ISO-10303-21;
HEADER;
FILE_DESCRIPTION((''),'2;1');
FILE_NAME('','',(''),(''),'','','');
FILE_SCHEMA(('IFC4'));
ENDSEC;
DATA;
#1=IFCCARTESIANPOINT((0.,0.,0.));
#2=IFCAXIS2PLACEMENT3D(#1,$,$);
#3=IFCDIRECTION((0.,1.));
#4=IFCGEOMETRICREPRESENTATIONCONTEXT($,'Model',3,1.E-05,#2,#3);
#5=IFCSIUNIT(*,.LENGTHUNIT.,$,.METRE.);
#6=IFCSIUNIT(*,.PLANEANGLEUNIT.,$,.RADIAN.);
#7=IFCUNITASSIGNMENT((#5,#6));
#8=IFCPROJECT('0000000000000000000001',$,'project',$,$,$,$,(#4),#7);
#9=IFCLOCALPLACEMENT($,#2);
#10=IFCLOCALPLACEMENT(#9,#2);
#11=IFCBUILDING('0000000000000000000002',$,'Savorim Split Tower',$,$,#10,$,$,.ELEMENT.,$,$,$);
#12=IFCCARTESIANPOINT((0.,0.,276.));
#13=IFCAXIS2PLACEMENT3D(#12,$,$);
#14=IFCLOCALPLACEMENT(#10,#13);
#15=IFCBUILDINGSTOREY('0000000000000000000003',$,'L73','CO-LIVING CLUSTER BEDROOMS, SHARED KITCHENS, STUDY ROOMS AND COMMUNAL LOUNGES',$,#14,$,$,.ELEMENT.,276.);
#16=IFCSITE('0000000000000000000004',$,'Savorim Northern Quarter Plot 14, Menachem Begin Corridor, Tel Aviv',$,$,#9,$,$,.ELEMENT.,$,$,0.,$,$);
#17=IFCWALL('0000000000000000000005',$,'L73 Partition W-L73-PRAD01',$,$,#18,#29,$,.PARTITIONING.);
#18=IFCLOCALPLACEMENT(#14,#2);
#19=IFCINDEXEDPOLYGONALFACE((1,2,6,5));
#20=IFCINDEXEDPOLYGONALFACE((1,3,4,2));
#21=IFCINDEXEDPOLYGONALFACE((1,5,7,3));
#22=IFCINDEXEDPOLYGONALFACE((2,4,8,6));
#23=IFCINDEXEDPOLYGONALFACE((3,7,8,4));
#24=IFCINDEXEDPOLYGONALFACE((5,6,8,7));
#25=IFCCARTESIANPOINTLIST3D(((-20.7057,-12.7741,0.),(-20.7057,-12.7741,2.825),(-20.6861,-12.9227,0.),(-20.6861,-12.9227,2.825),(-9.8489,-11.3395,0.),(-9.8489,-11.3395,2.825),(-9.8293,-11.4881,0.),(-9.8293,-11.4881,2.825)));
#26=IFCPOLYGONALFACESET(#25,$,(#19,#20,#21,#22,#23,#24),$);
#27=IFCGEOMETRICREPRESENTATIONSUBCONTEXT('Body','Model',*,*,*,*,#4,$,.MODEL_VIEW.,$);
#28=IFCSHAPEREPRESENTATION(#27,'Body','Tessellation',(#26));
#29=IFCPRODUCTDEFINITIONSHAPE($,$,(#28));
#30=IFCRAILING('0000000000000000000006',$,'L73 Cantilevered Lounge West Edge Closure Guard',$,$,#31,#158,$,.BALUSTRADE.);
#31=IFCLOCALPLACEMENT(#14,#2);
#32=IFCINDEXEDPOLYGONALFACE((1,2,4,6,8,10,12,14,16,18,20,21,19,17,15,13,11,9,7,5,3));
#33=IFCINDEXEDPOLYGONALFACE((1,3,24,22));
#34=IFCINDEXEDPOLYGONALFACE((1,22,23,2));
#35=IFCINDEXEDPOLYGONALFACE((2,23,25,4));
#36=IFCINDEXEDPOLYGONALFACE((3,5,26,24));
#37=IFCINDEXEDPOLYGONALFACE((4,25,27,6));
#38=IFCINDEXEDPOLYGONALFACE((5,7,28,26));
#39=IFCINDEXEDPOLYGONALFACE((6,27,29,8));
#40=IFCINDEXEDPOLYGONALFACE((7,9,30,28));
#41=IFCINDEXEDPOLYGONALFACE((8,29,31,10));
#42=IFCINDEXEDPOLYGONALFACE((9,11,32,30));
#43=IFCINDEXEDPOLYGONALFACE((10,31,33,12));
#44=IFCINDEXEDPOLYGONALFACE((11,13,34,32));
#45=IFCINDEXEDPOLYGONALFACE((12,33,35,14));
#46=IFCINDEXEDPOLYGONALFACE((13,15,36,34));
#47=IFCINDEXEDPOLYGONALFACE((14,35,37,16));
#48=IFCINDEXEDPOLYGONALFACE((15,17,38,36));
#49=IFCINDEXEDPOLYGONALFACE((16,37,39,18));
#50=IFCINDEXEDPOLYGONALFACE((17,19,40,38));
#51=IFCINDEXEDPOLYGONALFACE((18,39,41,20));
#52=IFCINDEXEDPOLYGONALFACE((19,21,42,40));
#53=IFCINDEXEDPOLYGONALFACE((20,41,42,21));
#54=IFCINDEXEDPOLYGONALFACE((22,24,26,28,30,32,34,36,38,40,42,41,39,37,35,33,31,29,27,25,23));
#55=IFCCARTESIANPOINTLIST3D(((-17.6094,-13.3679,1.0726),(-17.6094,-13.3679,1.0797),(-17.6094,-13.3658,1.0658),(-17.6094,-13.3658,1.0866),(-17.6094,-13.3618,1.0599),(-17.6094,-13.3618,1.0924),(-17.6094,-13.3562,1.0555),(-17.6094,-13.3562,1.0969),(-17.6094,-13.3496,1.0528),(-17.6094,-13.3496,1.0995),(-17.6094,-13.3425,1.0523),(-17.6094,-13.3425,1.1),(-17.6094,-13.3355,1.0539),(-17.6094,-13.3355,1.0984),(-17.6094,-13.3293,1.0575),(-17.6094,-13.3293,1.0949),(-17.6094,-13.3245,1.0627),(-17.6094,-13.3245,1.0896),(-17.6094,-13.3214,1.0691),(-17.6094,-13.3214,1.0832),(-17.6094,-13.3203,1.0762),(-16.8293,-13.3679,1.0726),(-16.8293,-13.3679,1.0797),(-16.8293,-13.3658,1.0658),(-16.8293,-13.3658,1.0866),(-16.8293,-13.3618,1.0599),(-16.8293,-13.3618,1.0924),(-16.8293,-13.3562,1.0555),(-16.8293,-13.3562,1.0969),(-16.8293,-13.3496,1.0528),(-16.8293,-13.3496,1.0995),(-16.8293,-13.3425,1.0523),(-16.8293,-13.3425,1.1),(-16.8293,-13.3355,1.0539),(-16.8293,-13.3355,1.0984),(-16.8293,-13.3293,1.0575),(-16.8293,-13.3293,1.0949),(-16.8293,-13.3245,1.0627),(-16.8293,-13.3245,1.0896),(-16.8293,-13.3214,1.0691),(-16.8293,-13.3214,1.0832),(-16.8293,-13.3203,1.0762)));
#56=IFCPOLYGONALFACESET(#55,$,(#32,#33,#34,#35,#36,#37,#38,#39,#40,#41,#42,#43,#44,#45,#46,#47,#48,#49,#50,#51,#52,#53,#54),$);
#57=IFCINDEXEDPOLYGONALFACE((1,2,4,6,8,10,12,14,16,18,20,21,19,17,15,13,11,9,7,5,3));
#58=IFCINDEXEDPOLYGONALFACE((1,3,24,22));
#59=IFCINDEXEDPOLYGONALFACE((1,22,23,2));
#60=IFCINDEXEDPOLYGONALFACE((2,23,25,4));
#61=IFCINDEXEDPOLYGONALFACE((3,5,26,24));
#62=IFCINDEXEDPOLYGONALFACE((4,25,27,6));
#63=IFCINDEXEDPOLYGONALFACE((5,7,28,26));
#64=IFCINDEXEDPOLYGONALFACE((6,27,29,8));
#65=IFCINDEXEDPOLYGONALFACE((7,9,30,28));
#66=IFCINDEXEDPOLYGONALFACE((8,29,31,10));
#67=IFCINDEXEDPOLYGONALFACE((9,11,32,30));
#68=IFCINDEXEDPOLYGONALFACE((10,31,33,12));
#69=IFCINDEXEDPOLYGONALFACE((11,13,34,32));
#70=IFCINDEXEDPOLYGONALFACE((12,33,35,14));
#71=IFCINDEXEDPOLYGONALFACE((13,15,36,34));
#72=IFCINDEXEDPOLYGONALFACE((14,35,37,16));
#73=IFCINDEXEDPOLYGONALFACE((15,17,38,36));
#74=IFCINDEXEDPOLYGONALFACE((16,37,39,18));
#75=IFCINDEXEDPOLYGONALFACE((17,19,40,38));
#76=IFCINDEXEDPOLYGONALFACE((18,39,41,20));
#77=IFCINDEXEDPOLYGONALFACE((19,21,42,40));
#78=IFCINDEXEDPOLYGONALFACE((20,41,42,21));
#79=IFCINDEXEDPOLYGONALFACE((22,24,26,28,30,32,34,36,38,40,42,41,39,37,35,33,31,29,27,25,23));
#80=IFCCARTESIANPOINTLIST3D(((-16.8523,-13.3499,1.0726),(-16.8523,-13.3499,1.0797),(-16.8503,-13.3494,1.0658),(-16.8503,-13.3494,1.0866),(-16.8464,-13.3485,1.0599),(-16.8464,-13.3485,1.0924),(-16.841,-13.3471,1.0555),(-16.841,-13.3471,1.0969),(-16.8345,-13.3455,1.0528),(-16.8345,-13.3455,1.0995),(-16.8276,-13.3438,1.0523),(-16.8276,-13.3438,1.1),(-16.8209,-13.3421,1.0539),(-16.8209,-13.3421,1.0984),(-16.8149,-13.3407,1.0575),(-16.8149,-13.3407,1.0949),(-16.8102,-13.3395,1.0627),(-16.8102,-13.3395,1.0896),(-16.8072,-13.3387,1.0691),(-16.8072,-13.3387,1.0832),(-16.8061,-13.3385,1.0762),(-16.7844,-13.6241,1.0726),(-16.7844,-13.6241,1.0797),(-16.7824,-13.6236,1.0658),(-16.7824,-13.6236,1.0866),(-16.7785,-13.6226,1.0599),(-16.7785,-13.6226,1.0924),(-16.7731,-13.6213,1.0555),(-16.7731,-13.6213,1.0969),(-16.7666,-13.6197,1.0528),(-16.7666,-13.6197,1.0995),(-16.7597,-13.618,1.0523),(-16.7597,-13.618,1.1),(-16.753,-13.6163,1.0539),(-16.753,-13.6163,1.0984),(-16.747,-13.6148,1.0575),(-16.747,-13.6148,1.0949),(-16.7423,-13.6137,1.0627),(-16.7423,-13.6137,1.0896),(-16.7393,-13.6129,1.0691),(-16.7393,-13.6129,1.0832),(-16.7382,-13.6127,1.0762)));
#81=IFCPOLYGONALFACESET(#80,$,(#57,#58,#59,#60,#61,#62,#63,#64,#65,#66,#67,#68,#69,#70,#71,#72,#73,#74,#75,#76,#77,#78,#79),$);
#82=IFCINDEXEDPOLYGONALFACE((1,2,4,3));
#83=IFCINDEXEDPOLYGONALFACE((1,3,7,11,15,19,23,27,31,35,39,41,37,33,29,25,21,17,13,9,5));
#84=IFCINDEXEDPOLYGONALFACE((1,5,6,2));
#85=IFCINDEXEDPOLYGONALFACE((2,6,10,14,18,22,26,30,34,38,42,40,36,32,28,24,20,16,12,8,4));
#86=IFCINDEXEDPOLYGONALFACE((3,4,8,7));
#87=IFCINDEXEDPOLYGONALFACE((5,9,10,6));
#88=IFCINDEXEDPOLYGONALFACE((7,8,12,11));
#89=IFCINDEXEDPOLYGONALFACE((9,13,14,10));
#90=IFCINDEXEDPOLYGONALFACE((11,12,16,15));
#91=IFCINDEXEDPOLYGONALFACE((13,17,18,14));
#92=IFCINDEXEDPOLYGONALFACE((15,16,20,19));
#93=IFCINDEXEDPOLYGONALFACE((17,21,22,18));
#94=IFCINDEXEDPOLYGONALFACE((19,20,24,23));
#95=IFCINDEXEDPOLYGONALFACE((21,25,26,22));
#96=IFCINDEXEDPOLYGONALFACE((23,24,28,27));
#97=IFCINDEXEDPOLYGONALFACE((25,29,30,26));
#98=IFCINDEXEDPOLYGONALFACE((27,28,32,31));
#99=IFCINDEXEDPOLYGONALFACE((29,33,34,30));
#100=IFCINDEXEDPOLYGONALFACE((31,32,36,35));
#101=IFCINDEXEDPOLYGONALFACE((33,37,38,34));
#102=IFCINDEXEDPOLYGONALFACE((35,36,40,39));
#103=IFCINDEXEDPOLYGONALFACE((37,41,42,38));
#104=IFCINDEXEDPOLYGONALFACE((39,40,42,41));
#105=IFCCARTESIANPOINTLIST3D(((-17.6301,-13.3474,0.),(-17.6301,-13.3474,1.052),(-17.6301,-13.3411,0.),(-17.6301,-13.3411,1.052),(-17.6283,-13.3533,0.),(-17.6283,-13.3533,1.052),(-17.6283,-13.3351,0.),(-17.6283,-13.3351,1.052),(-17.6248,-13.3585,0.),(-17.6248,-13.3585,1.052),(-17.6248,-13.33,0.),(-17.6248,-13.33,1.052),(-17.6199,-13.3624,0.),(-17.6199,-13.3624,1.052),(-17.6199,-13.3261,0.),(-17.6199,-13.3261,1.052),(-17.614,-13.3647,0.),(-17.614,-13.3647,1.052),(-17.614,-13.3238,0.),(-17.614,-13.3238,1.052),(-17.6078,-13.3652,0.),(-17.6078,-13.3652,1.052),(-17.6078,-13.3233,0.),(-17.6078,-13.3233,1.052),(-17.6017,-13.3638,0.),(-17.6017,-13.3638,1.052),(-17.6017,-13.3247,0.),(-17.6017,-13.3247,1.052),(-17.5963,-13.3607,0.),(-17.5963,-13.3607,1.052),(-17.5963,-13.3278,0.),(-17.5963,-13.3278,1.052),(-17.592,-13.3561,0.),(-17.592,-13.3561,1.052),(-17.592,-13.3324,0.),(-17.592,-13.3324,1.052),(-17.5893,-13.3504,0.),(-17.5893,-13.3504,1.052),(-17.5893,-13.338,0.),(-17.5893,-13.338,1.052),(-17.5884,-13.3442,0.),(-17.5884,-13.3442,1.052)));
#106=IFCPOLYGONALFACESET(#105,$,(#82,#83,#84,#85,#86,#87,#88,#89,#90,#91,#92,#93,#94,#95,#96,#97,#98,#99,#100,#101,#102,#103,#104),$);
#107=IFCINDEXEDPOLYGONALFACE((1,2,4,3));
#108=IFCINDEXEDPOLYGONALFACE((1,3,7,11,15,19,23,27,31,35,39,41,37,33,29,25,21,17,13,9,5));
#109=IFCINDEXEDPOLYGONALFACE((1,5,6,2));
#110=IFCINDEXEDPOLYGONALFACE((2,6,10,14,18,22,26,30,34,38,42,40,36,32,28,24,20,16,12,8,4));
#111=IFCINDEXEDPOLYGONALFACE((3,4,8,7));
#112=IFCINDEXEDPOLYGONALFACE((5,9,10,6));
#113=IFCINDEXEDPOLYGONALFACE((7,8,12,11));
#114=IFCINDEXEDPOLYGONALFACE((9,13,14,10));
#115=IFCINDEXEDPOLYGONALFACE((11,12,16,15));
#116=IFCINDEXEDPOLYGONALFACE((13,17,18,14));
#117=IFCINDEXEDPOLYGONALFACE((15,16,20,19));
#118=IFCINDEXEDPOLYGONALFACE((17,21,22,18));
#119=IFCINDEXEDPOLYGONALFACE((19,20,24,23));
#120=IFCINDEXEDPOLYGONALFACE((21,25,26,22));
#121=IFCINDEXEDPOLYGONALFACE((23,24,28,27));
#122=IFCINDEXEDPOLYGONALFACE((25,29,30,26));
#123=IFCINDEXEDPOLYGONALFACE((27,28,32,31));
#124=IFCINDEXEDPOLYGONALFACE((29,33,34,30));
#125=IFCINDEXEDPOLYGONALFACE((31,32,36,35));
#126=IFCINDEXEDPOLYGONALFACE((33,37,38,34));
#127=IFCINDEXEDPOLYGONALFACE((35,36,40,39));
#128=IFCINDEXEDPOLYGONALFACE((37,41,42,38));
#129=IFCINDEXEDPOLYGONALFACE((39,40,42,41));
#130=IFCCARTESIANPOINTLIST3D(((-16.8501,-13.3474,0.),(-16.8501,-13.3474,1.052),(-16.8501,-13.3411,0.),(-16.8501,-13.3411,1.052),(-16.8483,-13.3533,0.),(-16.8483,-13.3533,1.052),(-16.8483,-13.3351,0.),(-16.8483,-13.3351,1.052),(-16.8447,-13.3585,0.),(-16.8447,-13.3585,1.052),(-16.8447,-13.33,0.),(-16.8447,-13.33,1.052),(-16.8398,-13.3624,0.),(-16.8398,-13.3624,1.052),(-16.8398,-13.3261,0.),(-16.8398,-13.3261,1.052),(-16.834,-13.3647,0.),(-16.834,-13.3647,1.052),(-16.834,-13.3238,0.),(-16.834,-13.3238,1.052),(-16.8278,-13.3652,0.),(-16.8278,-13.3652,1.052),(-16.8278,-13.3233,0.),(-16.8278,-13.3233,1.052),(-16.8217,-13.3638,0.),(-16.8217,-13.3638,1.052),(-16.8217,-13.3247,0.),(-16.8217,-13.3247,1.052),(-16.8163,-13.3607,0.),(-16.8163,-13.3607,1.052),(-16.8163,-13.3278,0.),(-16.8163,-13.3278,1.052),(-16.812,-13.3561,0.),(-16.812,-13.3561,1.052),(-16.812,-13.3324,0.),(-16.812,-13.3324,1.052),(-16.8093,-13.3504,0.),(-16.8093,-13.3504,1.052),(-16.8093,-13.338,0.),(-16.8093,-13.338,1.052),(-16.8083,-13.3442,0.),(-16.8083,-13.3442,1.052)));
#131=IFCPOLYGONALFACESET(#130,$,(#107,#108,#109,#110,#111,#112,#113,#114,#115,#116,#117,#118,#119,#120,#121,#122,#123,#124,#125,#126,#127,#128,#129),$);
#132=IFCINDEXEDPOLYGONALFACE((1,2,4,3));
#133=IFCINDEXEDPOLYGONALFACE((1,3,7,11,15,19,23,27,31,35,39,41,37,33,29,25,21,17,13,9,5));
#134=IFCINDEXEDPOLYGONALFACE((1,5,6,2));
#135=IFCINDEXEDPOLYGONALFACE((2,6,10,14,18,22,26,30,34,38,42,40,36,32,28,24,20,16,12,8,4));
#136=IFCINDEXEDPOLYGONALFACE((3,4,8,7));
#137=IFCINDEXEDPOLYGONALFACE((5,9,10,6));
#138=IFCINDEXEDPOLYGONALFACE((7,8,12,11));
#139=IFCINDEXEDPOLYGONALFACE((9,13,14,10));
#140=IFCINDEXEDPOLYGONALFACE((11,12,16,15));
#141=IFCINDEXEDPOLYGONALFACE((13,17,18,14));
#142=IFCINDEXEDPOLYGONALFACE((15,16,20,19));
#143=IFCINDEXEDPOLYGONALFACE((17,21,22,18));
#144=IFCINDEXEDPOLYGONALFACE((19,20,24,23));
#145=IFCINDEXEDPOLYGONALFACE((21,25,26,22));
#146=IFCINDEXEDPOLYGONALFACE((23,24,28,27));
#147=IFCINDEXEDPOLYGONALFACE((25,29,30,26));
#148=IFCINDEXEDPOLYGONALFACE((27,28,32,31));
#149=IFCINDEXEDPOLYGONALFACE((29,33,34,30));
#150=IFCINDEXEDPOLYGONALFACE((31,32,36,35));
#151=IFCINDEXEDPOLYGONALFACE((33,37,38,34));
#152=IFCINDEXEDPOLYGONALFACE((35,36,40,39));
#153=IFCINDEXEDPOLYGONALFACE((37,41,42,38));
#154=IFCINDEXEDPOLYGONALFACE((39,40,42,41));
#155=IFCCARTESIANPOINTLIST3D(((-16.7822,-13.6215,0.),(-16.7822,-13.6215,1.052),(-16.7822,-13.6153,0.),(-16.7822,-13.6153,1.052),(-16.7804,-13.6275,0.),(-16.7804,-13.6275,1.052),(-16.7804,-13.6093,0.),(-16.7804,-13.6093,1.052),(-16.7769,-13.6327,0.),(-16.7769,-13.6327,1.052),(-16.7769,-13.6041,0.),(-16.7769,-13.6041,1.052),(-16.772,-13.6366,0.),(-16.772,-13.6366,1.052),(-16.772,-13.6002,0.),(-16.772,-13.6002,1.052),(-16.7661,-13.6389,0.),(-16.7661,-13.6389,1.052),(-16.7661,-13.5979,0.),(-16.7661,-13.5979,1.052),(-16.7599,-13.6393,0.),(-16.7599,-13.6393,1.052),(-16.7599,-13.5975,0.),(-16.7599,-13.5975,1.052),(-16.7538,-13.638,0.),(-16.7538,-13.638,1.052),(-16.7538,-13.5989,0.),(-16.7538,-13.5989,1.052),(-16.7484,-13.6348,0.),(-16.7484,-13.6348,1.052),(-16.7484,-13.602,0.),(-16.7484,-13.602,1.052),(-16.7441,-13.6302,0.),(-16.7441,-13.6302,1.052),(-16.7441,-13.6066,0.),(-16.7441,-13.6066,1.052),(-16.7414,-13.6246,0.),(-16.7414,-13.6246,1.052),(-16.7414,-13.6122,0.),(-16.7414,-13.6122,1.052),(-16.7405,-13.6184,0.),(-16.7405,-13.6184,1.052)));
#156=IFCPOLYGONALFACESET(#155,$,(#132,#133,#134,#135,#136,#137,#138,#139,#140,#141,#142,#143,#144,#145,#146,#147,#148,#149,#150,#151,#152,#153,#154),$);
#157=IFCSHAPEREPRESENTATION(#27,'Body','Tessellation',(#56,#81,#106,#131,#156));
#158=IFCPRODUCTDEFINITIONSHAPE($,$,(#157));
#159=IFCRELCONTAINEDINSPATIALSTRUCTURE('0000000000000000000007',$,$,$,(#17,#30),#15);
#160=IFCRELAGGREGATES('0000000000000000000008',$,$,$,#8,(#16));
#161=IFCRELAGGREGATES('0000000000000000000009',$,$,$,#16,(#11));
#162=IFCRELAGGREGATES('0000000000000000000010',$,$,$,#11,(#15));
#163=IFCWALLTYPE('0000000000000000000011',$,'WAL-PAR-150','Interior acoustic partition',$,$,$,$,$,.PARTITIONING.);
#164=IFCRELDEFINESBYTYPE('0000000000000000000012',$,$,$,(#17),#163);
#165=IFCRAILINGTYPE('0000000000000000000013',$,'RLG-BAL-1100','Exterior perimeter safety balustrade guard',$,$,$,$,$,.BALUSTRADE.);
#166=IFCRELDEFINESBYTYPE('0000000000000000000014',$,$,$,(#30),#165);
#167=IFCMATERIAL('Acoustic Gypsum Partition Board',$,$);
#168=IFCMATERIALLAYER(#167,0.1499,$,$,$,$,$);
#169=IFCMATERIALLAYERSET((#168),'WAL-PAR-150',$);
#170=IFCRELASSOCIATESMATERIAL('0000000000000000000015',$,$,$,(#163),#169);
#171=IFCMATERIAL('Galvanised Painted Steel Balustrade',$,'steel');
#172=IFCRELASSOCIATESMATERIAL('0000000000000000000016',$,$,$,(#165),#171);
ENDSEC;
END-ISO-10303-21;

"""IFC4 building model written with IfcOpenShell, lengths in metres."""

from ifc_helpers import new_model, si_unit, direction, frame, frame_2d, origin, origin_2d, place, context, subcontext, project, spatial, rectangle, circle, extrude, material, layer, layer_set, type_object, element, save


model = new_model("IFC4")

# Units and contexts
model_context = context("Model", 3, precision=1e-05, world=origin(), true_north=direction((0.0, 1.0)))
body_context = subcontext(model_context, "Body", "Model", "MODEL_VIEW")
ifc_project = project(units=[si_unit("LENGTHUNIT", "METRE"), si_unit("PLANEANGLEUNIT", "RADIAN")], contexts=[model_context])

# Site, building, storey
site_placement = place(None, origin())
site = spatial("IfcSite", under=ifc_project, at=site_placement, Name="Savorim Northern Quarter Plot 14, Menachem Begin Corridor, Tel Aviv", CompositionType="ELEMENT", RefElevation=0.0)
building_placement = place(site_placement, origin())
building = spatial("IfcBuilding", under=site, at=building_placement, Name="Savorim Split Tower", CompositionType="ELEMENT")
storey_placement = place(building_placement, frame((0.0, 0.0, 276.0)))
storey = spatial("IfcBuildingStorey", under=building, at=storey_placement, Name="L73", Description="CO-LIVING CLUSTER BEDROOMS, SHARED KITCHENS, STUDY ROOMS AND COMMUNAL LOUNGES", CompositionType="ELEMENT", Elevation=276.0)

# Wall
ifc_material_1 = material(Name="Acoustic Gypsum Partition Board")
ifc_layer_1 = layer(ifc_material_1, 0.1499)
ifc_layer_set_1 = layer_set([ifc_layer_1], Name="WAL-PAR-150")
wall_type_1 = type_object("IfcWallType", Name="WAL-PAR-150", Description="Interior acoustic partition", PredefinedType="PARTITIONING", material=ifc_layer_set_1)
wall_1_placement = place(storey_placement, frame((-9.8391, -11.4138, 0.0), z_axis=(0.0, 0.0, 1.0), x_axis=(-0.991383, -0.130998, 0.0)))
element("IfcWall", 1, at=wall_1_placement, inside=storey, type_object=wall_type_1, Name="L73 Partition W-L73-PRAD01", PredefinedType="PARTITIONING", context=body_context, shape_type="SweptSolid", body=[
    extrude(rectangle(XDim=10.9512, YDim=0.1499, at=frame_2d((5.4756, 0.0))), origin(), (0.0, 0.0, 1.0), 2.825),
])

# Railing
ifc_material_2 = material(Name="Galvanised Painted Steel Balustrade", Category="steel")
railing_type = type_object("IfcRailingType", Name="RLG-BAL-1100", Description="Exterior perimeter safety balustrade guard", PredefinedType="BALUSTRADE", material=ifc_material_2)
railing_1_placement = place(storey_placement, frame((-17.6094, -13.3442, 0.0)))
element("IfcRailing", 2, at=railing_1_placement, inside=storey, type_object=railing_type, Name="L73 Cantilevered Lounge West Edge Closure Guard", PredefinedType="BALUSTRADE", context=body_context, shape_type="SweptSolid", body=[
    extrude(circle(Radius=0.0239, at=origin_2d()), frame((0.0, 0.0, 1.0762), z_axis=(1.0, 0.0, 0.0), x_axis=(0.0, 1.0, 0.0)), (0.0, 0.0, 1.0), 0.78),
    extrude(circle(Radius=0.0239, at=origin_2d()), frame((0.78, 0.0, 1.0762), z_axis=(0.240298, -0.970699, 0.0), x_axis=(0.970699, 0.240298, 0.0)), (0.0, 0.0, 1.0), 0.2825),
    extrude(circle(Radius=0.021, at=origin_2d()), origin(), (0.0, 0.0, 1.0), 1.052),
    extrude(circle(Radius=0.021, at=origin_2d()), frame((0.78, 0.0, 0.0)), (0.0, 0.0, 1.0), 1.052),
    extrude(circle(Radius=0.021, at=origin_2d()), frame((0.8479, -0.2742, 0.0)), (0.0, 0.0, 1.0), 1.052),
])

save(model, "model.ifc")
